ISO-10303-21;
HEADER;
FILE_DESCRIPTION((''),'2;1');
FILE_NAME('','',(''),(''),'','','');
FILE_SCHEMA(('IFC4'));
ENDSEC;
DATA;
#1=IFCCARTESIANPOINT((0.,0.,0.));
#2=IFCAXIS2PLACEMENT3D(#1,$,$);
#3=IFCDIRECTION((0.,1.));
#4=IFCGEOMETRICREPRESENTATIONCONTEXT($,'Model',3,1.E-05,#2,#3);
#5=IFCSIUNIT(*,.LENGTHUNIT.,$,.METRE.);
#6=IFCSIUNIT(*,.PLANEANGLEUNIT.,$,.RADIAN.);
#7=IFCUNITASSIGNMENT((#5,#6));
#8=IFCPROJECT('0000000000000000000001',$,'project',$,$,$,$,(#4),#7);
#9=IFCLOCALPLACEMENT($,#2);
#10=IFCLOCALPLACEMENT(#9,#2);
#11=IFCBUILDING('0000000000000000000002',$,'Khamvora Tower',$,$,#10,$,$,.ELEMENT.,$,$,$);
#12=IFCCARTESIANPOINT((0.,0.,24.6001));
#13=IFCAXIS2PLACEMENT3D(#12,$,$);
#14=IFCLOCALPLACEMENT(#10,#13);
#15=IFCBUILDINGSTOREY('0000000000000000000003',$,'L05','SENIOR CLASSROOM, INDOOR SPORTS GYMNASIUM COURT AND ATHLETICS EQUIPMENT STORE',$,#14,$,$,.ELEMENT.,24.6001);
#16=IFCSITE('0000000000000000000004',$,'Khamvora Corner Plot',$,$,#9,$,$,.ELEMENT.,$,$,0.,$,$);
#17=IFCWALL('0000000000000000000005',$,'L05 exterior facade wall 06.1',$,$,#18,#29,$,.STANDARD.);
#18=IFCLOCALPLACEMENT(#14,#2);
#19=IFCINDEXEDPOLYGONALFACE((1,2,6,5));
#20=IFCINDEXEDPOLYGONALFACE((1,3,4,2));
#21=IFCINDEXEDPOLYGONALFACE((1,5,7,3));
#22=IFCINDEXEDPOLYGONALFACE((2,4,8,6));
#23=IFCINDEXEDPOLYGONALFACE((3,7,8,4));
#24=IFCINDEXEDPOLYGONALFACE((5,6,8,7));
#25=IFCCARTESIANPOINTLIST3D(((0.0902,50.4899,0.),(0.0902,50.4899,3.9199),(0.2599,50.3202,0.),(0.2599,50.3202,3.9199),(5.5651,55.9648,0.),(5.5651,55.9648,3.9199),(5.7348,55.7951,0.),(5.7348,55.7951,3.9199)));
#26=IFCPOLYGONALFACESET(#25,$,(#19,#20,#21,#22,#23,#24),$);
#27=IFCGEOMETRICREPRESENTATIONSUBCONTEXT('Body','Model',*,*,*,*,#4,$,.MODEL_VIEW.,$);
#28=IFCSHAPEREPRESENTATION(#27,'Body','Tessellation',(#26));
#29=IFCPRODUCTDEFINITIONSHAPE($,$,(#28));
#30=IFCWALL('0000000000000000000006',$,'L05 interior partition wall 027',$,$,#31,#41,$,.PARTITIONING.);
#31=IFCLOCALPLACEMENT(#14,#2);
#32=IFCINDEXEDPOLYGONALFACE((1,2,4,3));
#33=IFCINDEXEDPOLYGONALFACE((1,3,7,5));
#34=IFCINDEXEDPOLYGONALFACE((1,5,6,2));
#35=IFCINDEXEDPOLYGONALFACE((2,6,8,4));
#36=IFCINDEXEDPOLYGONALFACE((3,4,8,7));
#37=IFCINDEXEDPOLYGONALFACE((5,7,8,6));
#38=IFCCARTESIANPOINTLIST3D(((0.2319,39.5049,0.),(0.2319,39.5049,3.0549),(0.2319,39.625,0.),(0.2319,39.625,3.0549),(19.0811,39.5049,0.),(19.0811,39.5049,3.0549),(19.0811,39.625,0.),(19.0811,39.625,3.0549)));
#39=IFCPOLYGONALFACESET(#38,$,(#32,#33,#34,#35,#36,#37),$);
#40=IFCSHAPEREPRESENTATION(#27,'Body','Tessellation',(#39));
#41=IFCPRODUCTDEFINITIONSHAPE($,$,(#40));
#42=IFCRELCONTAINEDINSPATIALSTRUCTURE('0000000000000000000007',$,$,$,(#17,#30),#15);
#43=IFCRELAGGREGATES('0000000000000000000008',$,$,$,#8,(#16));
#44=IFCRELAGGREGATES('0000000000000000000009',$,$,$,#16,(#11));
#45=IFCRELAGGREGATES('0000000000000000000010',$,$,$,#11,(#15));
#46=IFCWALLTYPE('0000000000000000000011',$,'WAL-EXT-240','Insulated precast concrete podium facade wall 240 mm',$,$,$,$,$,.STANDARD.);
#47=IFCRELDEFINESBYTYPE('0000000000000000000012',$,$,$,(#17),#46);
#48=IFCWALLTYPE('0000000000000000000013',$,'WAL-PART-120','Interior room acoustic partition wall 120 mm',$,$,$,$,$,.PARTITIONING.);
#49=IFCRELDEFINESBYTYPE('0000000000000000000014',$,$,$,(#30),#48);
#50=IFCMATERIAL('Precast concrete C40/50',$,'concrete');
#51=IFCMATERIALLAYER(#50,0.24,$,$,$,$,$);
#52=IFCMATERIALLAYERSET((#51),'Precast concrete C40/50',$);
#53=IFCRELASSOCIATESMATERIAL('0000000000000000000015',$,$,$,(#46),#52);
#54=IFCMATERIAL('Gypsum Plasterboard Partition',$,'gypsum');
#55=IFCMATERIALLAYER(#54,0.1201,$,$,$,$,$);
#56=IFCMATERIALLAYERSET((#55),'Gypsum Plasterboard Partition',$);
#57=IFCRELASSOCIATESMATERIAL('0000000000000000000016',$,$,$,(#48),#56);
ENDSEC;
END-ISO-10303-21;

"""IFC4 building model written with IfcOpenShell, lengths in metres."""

from ifc_helpers import new_model, si_unit, direction, frame, frame_2d, origin, place, context, subcontext, project, spatial, rectangle, extrude, material, layer, layer_set, type_object, element, save


model = new_model("IFC4")

# Units and contexts
model_context = context("Model", 3, precision=1e-05, world=origin(), true_north=direction((0.0, 1.0)))
body_context = subcontext(model_context, "Body", "Model", "MODEL_VIEW")
ifc_project = project(units=[si_unit("LENGTHUNIT", "METRE"), si_unit("PLANEANGLEUNIT", "RADIAN")], contexts=[model_context])

# Site, building, storey
site_placement = place(None, origin())
site = spatial("IfcSite", under=ifc_project, at=site_placement, Name="Khamvora Corner Plot", CompositionType="ELEMENT", RefElevation=0.0)
building_placement = place(site_placement, origin())
building = spatial("IfcBuilding", under=site, at=building_placement, Name="Khamvora Tower", CompositionType="ELEMENT")
storey_placement = place(building_placement, frame((0.0, 0.0, 24.6001)))
storey = spatial("IfcBuildingStorey", under=building, at=storey_placement, Name="L05", Description="SENIOR CLASSROOM, INDOOR SPORTS GYMNASIUM COURT AND ATHLETICS EQUIPMENT STORE", CompositionType="ELEMENT", Elevation=24.6001)

# Walls
ifc_material_1 = material(Name="Precast concrete C40/50", Category="concrete")
ifc_layer_1 = layer(ifc_material_1, 0.24)
ifc_layer_set_1 = layer_set([ifc_layer_1], Name="Precast concrete C40/50")
wall_type_1 = type_object("IfcWallType", Name="WAL-EXT-240", Description="Insulated precast concrete podium facade wall 240 mm", PredefinedType="STANDARD", material=ifc_layer_set_1)
wall_1_placement = place(storey_placement, frame((0.175, 50.405, 0.0), z_axis=(0.0, 0.0, 1.0), x_axis=(0.707107, 0.707107, 0.0)))
element("IfcWall", 1, at=wall_1_placement, inside=storey, type_object=wall_type_1, Name="L05 exterior facade wall 06.1", PredefinedType="STANDARD", context=body_context, shape_type="SweptSolid", body=[
    extrude(rectangle(XDim=7.7427, YDim=0.24, at=frame_2d((3.8713, 0.0))), origin(), (0.0, 0.0, 1.0), 3.9199),
])
ifc_material_2 = material(Name="Gypsum Plasterboard Partition", Category="gypsum")
ifc_layer_2 = layer(ifc_material_2, 0.1201)
ifc_layer_set_2 = layer_set([ifc_layer_2], Name="Gypsum Plasterboard Partition")
wall_type_2 = type_object("IfcWallType", Name="WAL-PART-120", Description="Interior room acoustic partition wall 120 mm", PredefinedType="PARTITIONING", material=ifc_layer_set_2)
wall_2_placement = place(storey_placement, frame((0.2319, 39.5649, 0.0), z_axis=(0.0, 0.0, 1.0), x_axis=(1.0, 0.0, 0.0)))
element("IfcWall", 2, at=wall_2_placement, inside=storey, type_object=wall_type_2, Name="L05 interior partition wall 027", PredefinedType="PARTITIONING", context=body_context, shape_type="SweptSolid", body=[
    extrude(rectangle(XDim=18.8491, YDim=0.1201, at=frame_2d((9.4246, 0.0))), origin(), (0.0, 0.0, 1.0), 3.0549),
])

save(model, "model.ifc")
